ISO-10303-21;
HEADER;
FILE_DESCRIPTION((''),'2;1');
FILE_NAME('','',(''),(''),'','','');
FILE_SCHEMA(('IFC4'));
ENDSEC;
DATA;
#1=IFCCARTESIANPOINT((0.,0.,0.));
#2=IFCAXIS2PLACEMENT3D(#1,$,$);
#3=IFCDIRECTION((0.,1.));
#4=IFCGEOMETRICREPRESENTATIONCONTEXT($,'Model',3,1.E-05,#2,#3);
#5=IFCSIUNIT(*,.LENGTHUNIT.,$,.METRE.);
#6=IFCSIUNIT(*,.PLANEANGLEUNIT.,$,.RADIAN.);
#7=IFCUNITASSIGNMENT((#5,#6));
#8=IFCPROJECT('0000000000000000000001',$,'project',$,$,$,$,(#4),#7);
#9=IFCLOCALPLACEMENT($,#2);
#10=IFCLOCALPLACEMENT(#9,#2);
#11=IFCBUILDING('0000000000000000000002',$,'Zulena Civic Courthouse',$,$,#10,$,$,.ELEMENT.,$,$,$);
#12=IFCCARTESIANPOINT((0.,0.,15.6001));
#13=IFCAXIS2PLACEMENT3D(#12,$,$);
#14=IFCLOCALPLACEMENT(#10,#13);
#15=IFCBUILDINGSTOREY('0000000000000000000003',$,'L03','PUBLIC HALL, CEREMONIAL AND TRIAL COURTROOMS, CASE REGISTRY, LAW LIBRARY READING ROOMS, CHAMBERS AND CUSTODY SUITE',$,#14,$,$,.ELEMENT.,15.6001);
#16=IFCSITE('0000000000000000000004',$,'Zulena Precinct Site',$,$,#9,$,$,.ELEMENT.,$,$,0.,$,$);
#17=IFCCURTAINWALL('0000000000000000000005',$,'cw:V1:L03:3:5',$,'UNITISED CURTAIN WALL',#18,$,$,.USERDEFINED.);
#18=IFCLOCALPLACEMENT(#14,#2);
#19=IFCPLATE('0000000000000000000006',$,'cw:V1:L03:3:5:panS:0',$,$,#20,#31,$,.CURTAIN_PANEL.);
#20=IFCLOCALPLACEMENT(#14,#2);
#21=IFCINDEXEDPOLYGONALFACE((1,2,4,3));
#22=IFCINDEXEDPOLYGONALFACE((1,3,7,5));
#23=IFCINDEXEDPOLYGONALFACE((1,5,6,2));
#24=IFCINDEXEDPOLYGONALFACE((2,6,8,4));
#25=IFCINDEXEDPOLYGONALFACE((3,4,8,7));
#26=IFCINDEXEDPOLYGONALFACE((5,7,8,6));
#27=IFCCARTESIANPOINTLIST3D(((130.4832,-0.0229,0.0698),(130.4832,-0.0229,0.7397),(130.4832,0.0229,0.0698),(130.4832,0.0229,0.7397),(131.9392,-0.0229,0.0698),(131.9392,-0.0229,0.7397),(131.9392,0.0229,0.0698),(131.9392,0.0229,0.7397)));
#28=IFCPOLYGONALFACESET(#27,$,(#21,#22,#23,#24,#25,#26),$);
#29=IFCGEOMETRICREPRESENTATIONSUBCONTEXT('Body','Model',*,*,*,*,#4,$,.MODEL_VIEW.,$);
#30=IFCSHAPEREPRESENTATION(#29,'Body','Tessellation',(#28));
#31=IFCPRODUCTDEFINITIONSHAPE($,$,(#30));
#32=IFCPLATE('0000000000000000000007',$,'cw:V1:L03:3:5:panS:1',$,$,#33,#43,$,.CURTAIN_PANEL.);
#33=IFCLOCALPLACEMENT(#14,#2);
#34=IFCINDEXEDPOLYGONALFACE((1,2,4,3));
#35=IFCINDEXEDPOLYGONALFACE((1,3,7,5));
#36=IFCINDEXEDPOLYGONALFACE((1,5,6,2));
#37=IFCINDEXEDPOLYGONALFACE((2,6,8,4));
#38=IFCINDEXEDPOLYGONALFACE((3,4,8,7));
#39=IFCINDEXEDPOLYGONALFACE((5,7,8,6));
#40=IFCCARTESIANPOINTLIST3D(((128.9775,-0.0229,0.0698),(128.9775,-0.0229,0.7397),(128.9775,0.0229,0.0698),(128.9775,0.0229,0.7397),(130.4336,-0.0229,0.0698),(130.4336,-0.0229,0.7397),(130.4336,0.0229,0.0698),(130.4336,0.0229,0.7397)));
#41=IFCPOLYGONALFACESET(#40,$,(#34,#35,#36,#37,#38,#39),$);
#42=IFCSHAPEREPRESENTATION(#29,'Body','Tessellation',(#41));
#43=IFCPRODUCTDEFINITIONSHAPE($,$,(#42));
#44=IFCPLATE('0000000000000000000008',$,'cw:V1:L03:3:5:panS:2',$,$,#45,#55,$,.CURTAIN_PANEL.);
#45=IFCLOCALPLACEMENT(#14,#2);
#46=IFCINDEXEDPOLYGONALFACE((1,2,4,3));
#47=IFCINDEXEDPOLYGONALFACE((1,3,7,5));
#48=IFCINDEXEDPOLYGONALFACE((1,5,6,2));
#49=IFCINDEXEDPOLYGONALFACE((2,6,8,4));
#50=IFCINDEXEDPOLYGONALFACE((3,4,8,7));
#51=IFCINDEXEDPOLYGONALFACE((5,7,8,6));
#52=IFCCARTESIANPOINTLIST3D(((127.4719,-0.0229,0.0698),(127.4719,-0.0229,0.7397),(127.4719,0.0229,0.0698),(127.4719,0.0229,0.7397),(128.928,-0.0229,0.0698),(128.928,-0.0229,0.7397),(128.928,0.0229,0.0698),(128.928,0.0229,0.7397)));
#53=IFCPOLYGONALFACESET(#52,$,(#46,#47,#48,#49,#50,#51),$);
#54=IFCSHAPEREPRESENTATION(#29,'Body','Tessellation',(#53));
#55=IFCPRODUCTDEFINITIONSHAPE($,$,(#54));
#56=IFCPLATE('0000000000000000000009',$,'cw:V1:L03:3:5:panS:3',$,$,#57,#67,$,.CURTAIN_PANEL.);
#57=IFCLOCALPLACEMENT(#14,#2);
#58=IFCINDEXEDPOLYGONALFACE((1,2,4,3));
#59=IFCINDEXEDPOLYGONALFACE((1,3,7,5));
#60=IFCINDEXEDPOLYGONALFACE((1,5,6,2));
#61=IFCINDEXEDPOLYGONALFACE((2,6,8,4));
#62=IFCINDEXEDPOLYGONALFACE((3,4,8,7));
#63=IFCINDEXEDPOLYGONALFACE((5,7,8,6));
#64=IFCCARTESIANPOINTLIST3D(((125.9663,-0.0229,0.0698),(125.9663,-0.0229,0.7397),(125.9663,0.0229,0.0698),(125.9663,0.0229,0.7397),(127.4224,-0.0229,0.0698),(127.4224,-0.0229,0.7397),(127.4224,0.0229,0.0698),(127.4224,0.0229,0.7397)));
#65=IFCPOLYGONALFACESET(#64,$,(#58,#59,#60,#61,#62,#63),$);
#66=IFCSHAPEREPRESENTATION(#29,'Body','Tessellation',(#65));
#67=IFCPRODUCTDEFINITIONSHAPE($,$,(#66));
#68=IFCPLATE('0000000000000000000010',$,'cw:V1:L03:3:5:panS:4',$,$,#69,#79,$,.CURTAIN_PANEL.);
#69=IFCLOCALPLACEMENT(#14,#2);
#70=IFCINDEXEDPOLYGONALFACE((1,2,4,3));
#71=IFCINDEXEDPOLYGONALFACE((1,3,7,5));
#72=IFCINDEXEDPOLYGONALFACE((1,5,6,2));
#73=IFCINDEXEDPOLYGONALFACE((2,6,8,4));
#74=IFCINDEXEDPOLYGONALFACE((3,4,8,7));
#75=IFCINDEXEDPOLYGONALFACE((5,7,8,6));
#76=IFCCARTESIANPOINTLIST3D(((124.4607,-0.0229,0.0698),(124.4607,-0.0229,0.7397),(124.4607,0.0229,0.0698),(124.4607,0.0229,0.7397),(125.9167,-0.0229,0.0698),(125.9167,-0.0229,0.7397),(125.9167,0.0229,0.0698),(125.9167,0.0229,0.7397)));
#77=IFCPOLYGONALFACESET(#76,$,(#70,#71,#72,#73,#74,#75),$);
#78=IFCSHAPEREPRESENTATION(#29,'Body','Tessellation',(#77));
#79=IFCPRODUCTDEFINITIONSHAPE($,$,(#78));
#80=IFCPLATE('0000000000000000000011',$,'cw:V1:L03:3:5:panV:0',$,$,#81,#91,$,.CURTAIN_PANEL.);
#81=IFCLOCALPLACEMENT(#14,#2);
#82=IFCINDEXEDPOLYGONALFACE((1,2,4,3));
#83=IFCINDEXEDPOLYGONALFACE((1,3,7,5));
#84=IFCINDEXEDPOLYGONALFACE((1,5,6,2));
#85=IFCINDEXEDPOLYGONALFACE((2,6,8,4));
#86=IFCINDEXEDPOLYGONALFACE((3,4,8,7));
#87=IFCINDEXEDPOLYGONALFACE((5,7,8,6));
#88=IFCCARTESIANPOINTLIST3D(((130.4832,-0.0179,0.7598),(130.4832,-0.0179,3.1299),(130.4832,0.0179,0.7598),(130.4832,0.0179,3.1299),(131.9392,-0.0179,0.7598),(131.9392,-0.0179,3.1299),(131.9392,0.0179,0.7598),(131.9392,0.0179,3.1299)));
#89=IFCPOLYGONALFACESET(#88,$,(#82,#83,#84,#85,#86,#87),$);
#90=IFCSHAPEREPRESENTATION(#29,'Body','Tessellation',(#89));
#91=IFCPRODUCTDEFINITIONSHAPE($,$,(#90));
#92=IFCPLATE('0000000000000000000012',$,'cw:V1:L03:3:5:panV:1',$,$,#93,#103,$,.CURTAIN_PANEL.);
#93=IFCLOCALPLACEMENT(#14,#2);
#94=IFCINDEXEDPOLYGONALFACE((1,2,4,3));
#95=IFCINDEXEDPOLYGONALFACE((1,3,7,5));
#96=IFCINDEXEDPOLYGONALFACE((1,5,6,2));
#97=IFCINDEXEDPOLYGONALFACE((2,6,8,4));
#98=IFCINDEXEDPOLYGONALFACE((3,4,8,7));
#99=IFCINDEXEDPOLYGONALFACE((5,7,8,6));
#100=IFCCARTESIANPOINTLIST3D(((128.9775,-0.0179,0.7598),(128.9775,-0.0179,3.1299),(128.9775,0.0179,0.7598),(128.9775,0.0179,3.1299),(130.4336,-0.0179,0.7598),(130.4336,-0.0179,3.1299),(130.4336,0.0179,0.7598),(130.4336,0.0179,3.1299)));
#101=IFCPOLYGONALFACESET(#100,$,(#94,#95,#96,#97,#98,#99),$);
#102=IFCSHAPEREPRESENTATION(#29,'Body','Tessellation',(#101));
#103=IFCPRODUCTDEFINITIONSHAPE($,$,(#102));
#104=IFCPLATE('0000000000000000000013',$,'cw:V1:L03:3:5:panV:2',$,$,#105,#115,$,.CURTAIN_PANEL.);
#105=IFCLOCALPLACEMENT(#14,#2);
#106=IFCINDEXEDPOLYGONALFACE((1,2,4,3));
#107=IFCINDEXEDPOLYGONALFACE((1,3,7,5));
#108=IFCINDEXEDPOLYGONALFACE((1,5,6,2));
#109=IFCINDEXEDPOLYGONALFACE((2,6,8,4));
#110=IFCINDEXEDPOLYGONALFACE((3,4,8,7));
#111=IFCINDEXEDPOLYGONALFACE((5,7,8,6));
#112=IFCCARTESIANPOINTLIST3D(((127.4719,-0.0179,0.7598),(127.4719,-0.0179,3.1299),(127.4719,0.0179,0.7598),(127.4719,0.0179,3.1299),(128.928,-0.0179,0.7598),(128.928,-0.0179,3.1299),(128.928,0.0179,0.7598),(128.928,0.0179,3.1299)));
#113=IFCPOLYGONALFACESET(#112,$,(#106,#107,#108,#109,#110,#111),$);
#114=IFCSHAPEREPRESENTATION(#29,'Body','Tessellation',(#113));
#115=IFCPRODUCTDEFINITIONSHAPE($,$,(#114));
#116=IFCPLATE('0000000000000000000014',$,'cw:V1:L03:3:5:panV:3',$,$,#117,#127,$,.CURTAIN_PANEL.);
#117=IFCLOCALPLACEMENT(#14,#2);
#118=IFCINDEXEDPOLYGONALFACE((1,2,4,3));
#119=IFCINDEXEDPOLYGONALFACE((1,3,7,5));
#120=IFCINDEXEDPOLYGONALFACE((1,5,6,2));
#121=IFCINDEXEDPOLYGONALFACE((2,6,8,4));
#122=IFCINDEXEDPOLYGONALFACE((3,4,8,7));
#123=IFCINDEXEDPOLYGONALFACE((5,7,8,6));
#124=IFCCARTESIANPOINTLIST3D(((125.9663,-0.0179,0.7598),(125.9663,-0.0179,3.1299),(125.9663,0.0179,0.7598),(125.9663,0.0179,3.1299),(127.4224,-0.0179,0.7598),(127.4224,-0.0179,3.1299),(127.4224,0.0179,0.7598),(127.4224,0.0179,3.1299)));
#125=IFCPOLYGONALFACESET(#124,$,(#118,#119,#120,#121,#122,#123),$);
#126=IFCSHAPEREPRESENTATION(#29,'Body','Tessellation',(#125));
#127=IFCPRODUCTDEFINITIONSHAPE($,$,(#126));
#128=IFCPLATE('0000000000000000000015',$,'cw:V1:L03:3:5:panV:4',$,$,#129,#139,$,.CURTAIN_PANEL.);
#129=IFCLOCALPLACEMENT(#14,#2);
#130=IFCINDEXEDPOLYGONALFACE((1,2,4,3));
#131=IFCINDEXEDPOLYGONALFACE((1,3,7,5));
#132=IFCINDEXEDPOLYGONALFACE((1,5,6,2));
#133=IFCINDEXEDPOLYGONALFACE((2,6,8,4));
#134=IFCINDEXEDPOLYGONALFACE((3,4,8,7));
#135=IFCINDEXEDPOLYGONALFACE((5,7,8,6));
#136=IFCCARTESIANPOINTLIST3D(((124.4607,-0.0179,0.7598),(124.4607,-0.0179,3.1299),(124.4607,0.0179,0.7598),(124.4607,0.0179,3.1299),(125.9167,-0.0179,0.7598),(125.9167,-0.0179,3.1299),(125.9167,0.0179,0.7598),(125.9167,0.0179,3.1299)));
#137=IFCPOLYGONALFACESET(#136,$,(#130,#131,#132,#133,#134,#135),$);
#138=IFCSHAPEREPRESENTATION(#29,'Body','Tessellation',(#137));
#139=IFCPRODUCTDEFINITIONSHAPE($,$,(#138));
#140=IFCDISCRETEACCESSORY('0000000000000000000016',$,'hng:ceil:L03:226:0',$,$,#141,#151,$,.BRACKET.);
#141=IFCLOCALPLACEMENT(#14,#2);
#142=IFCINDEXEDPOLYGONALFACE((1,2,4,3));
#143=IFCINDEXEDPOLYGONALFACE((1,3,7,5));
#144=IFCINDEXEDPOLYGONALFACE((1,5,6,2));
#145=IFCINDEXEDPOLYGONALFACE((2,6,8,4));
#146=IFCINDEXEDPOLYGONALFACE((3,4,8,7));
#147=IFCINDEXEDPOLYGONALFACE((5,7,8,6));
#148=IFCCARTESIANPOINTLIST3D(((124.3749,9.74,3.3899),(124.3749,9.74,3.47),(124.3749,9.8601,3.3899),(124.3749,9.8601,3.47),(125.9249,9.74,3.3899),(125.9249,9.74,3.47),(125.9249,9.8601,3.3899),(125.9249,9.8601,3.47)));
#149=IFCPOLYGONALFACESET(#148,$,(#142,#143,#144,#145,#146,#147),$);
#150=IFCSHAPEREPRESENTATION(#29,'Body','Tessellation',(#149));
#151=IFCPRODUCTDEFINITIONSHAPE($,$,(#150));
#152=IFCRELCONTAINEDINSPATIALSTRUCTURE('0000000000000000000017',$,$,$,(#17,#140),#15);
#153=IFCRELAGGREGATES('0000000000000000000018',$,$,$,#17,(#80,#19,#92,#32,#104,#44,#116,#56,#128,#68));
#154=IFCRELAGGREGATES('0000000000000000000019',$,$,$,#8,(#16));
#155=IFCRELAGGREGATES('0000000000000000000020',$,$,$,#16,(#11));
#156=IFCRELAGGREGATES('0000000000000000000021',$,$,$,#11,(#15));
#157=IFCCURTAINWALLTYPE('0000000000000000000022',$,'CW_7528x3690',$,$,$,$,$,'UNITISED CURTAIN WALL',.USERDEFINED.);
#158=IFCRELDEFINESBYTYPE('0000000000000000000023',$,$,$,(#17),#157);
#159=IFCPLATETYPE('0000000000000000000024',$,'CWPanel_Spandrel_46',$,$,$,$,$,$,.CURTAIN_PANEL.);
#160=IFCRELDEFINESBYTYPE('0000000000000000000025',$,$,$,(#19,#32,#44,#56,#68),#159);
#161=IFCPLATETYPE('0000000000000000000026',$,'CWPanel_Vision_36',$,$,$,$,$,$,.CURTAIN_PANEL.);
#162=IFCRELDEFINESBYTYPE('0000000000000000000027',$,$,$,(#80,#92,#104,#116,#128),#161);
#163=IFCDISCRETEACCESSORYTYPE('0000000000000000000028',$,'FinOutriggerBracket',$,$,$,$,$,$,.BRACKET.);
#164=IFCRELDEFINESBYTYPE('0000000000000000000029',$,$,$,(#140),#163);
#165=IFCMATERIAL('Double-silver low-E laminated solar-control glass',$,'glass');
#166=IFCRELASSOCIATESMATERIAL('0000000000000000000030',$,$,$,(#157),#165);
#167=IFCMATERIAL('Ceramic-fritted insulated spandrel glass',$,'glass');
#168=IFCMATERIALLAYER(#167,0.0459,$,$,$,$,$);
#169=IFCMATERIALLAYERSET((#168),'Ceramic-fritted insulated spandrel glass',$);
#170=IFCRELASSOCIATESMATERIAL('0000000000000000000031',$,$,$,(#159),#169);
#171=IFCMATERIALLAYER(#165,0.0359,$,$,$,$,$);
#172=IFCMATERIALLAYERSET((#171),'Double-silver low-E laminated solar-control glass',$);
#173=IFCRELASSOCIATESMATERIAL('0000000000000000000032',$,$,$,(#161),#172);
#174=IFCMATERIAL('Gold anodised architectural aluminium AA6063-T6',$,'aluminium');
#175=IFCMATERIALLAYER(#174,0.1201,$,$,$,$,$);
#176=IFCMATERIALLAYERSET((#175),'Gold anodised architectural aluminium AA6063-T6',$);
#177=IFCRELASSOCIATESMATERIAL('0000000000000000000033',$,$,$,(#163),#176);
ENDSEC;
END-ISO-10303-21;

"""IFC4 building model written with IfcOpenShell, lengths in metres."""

from ifc_helpers import new_model, si_unit, direction, frame, origin, origin_2d, place, context, subcontext, project, spatial, rectangle, extrude, material, layer, layer_set, type_object, element, aggregate, save


model = new_model("IFC4")

# Units and contexts
model_context = context("Model", 3, precision=1e-05, world=origin(), true_north=direction((0.0, 1.0)))
body_context = subcontext(model_context, "Body", "Model", "MODEL_VIEW")
ifc_project = project(units=[si_unit("LENGTHUNIT", "METRE"), si_unit("PLANEANGLEUNIT", "RADIAN")], contexts=[model_context])

# Site, building, storey
site_placement = place(None, origin())
site = spatial("IfcSite", under=ifc_project, at=site_placement, Name="Zulena Precinct Site", CompositionType="ELEMENT", RefElevation=0.0)
building_placement = place(site_placement, origin())
building = spatial("IfcBuilding", under=site, at=building_placement, Name="Zulena Civic Courthouse", CompositionType="ELEMENT")
storey_placement = place(building_placement, frame((0.0, 0.0, 15.6001)))
storey = spatial("IfcBuildingStorey", under=building, at=storey_placement, Name="L03", Description="PUBLIC HALL, CEREMONIAL AND TRIAL COURTROOMS, CASE REGISTRY, LAW LIBRARY READING ROOMS, CHAMBERS AND CUSTODY SUITE", CompositionType="ELEMENT", Elevation=15.6001)

# Curtain wall
ifc_material_1 = material(Name="Double-silver low-E laminated solar-control glass", Category="glass")
curtain_wall_type = type_object("IfcCurtainWallType", Name="CW_7528x3690", ElementType="UNITISED CURTAIN WALL", PredefinedType="USERDEFINED", material=ifc_material_1)
curtain_wall_placement = place(storey_placement, origin())
curtain_wall = element("IfcCurtainWall", 1, at=curtain_wall_placement, inside=storey, type_object=curtain_wall_type, Name="cw:V1:L03:3:5", ObjectType="UNITISED CURTAIN WALL", PredefinedType="USERDEFINED")

# Plates
ifc_material_2 = material(Name="Ceramic-fritted insulated spandrel glass", Category="glass")
ifc_layer_1 = layer(ifc_material_2, 0.0459)
ifc_layer_set_1 = layer_set([ifc_layer_1], Name="Ceramic-fritted insulated spandrel glass")
plate_type_1 = type_object("IfcPlateType", Name="CWPanel_Spandrel_46", PredefinedType="CURTAIN_PANEL", material=ifc_layer_set_1)
plate_1_placement = place(storey_placement, frame((131.2112, 0.0, 0.0698), z_axis=(0.0, 0.0, 1.0), x_axis=(-1.0, 0.0, 0.0)))
plate_1 = element("IfcPlate", 2, at=plate_1_placement, type_object=plate_type_1, Name="cw:V1:L03:3:5:panS:0", PredefinedType="CURTAIN_PANEL", context=body_context, shape_type="SweptSolid", body=[
    extrude(rectangle(XDim=1.4561, YDim=0.0459, at=origin_2d()), origin(), (0.0, 0.0, 1.0), 0.6699),
])
plate_2_placement = place(storey_placement, frame((129.7056, 0.0, 0.0698), z_axis=(0.0, 0.0, 1.0), x_axis=(-1.0, 0.0, 0.0)))
plate_2 = element("IfcPlate", 3, at=plate_2_placement, type_object=plate_type_1, Name="cw:V1:L03:3:5:panS:1", PredefinedType="CURTAIN_PANEL", context=body_context, shape_type="SweptSolid", body=[
    extrude(rectangle(XDim=1.4561, YDim=0.0459, at=origin_2d()), origin(), (0.0, 0.0, 1.0), 0.6699),
])
plate_3_placement = place(storey_placement, frame((128.2, 0.0, 0.0698), z_axis=(0.0, 0.0, 1.0), x_axis=(-1.0, 0.0, 0.0)))
plate_3 = element("IfcPlate", 4, at=plate_3_placement, type_object=plate_type_1, Name="cw:V1:L03:3:5:panS:2", PredefinedType="CURTAIN_PANEL", context=body_context, shape_type="SweptSolid", body=[
    extrude(rectangle(XDim=1.4561, YDim=0.0459, at=origin_2d()), origin(), (0.0, 0.0, 1.0), 0.6699),
])
plate_4_placement = place(storey_placement, frame((126.6943, 0.0, 0.0698), z_axis=(0.0, 0.0, 1.0), x_axis=(-1.0, 0.0, 0.0)))
plate_4 = element("IfcPlate", 5, at=plate_4_placement, type_object=plate_type_1, Name="cw:V1:L03:3:5:panS:3", PredefinedType="CURTAIN_PANEL", context=body_context, shape_type="SweptSolid", body=[
    extrude(rectangle(XDim=1.4561, YDim=0.0459, at=origin_2d()), origin(), (0.0, 0.0, 1.0), 0.6699),
])
plate_5_placement = place(storey_placement, frame((125.1887, 0.0, 0.0698), z_axis=(0.0, 0.0, 1.0), x_axis=(-1.0, 0.0, 0.0)))
plate_5 = element("IfcPlate", 6, at=plate_5_placement, type_object=plate_type_1, Name="cw:V1:L03:3:5:panS:4", PredefinedType="CURTAIN_PANEL", context=body_context, shape_type="SweptSolid", body=[
    extrude(rectangle(XDim=1.4561, YDim=0.0459, at=origin_2d()), origin(), (0.0, 0.0, 1.0), 0.6699),
])
ifc_layer_2 = layer(ifc_material_1, 0.0359)
ifc_layer_set_2 = layer_set([ifc_layer_2], Name="Double-silver low-E laminated solar-control glass")
plate_type_2 = type_object("IfcPlateType", Name="CWPanel_Vision_36", PredefinedType="CURTAIN_PANEL", material=ifc_layer_set_2)
plate_6_placement = place(storey_placement, frame((131.2112, 0.0, 0.7598), z_axis=(0.0, 0.0, 1.0), x_axis=(-1.0, 0.0, 0.0)))
plate_6 = element("IfcPlate", 7, at=plate_6_placement, type_object=plate_type_2, Name="cw:V1:L03:3:5:panV:0", PredefinedType="CURTAIN_PANEL", context=body_context, shape_type="SweptSolid", body=[
    extrude(rectangle(XDim=1.4561, YDim=0.0359, at=origin_2d()), origin(), (0.0, 0.0, 1.0), 2.3701),
])
plate_7_placement = place(storey_placement, frame((129.7056, 0.0, 0.7598), z_axis=(0.0, 0.0, 1.0), x_axis=(-1.0, 0.0, 0.0)))
plate_7 = element("IfcPlate", 8, at=plate_7_placement, type_object=plate_type_2, Name="cw:V1:L03:3:5:panV:1", PredefinedType="CURTAIN_PANEL", context=body_context, shape_type="SweptSolid", body=[
    extrude(rectangle(XDim=1.4561, YDim=0.0359, at=origin_2d()), origin(), (0.0, 0.0, 1.0), 2.3701),
])
plate_8_placement = place(storey_placement, frame((128.2, 0.0, 0.7598), z_axis=(0.0, 0.0, 1.0), x_axis=(-1.0, 0.0, 0.0)))
plate_8 = element("IfcPlate", 9, at=plate_8_placement, type_object=plate_type_2, Name="cw:V1:L03:3:5:panV:2", PredefinedType="CURTAIN_PANEL", context=body_context, shape_type="SweptSolid", body=[
    extrude(rectangle(XDim=1.4561, YDim=0.0359, at=origin_2d()), origin(), (0.0, 0.0, 1.0), 2.3701),
])
plate_9_placement = place(storey_placement, frame((126.6943, 0.0, 0.7598), z_axis=(0.0, 0.0, 1.0), x_axis=(-1.0, 0.0, 0.0)))
plate_9 = element("IfcPlate", 10, at=plate_9_placement, type_object=plate_type_2, Name="cw:V1:L03:3:5:panV:3", PredefinedType="CURTAIN_PANEL", context=body_context, shape_type="SweptSolid", body=[
    extrude(rectangle(XDim=1.4561, YDim=0.0359, at=origin_2d()), origin(), (0.0, 0.0, 1.0), 2.3701),
])
plate_10_placement = place(storey_placement, frame((125.1887, 0.0, 0.7598), z_axis=(0.0, 0.0, 1.0), x_axis=(-1.0, 0.0, 0.0)))
plate_10 = element("IfcPlate", 11, at=plate_10_placement, type_object=plate_type_2, Name="cw:V1:L03:3:5:panV:4", PredefinedType="CURTAIN_PANEL", context=body_context, shape_type="SweptSolid", body=[
    extrude(rectangle(XDim=1.4561, YDim=0.0359, at=origin_2d()), origin(), (0.0, 0.0, 1.0), 2.3701),
])
aggregate(curtain_wall, [plate_6, plate_1, plate_7, plate_2, plate_8, plate_3, plate_9, plate_4, plate_10, plate_5])

# Discrete accessory
ifc_material_3 = material(Name="Gold anodised architectural aluminium AA6063-T6", Category="aluminium")
ifc_layer_3 = layer(ifc_material_3, 0.1201)
ifc_layer_set_3 = layer_set([ifc_layer_3], Name="Gold anodised architectural aluminium AA6063-T6")
discrete_accessory_type = type_object("IfcDiscreteAccessoryType", Name="FinOutriggerBracket", PredefinedType="BRACKET", material=ifc_layer_set_3)
discrete_accessory_placement = place(storey_placement, frame((125.1499, 9.8, 3.3899), z_axis=(0.0, 0.0, 1.0), x_axis=(1.0, 0.0, 0.0)))
element("IfcDiscreteAccessory", 12, at=discrete_accessory_placement, inside=storey, type_object=discrete_accessory_type, Name="hng:ceil:L03:226:0", PredefinedType="BRACKET", context=body_context, shape_type="SweptSolid", body=[
    extrude(rectangle(XDim=1.55, YDim=0.1201, at=origin_2d()), origin(), (0.0, 0.0, 1.0), 0.0801),
])

save(model, "model.ifc")
